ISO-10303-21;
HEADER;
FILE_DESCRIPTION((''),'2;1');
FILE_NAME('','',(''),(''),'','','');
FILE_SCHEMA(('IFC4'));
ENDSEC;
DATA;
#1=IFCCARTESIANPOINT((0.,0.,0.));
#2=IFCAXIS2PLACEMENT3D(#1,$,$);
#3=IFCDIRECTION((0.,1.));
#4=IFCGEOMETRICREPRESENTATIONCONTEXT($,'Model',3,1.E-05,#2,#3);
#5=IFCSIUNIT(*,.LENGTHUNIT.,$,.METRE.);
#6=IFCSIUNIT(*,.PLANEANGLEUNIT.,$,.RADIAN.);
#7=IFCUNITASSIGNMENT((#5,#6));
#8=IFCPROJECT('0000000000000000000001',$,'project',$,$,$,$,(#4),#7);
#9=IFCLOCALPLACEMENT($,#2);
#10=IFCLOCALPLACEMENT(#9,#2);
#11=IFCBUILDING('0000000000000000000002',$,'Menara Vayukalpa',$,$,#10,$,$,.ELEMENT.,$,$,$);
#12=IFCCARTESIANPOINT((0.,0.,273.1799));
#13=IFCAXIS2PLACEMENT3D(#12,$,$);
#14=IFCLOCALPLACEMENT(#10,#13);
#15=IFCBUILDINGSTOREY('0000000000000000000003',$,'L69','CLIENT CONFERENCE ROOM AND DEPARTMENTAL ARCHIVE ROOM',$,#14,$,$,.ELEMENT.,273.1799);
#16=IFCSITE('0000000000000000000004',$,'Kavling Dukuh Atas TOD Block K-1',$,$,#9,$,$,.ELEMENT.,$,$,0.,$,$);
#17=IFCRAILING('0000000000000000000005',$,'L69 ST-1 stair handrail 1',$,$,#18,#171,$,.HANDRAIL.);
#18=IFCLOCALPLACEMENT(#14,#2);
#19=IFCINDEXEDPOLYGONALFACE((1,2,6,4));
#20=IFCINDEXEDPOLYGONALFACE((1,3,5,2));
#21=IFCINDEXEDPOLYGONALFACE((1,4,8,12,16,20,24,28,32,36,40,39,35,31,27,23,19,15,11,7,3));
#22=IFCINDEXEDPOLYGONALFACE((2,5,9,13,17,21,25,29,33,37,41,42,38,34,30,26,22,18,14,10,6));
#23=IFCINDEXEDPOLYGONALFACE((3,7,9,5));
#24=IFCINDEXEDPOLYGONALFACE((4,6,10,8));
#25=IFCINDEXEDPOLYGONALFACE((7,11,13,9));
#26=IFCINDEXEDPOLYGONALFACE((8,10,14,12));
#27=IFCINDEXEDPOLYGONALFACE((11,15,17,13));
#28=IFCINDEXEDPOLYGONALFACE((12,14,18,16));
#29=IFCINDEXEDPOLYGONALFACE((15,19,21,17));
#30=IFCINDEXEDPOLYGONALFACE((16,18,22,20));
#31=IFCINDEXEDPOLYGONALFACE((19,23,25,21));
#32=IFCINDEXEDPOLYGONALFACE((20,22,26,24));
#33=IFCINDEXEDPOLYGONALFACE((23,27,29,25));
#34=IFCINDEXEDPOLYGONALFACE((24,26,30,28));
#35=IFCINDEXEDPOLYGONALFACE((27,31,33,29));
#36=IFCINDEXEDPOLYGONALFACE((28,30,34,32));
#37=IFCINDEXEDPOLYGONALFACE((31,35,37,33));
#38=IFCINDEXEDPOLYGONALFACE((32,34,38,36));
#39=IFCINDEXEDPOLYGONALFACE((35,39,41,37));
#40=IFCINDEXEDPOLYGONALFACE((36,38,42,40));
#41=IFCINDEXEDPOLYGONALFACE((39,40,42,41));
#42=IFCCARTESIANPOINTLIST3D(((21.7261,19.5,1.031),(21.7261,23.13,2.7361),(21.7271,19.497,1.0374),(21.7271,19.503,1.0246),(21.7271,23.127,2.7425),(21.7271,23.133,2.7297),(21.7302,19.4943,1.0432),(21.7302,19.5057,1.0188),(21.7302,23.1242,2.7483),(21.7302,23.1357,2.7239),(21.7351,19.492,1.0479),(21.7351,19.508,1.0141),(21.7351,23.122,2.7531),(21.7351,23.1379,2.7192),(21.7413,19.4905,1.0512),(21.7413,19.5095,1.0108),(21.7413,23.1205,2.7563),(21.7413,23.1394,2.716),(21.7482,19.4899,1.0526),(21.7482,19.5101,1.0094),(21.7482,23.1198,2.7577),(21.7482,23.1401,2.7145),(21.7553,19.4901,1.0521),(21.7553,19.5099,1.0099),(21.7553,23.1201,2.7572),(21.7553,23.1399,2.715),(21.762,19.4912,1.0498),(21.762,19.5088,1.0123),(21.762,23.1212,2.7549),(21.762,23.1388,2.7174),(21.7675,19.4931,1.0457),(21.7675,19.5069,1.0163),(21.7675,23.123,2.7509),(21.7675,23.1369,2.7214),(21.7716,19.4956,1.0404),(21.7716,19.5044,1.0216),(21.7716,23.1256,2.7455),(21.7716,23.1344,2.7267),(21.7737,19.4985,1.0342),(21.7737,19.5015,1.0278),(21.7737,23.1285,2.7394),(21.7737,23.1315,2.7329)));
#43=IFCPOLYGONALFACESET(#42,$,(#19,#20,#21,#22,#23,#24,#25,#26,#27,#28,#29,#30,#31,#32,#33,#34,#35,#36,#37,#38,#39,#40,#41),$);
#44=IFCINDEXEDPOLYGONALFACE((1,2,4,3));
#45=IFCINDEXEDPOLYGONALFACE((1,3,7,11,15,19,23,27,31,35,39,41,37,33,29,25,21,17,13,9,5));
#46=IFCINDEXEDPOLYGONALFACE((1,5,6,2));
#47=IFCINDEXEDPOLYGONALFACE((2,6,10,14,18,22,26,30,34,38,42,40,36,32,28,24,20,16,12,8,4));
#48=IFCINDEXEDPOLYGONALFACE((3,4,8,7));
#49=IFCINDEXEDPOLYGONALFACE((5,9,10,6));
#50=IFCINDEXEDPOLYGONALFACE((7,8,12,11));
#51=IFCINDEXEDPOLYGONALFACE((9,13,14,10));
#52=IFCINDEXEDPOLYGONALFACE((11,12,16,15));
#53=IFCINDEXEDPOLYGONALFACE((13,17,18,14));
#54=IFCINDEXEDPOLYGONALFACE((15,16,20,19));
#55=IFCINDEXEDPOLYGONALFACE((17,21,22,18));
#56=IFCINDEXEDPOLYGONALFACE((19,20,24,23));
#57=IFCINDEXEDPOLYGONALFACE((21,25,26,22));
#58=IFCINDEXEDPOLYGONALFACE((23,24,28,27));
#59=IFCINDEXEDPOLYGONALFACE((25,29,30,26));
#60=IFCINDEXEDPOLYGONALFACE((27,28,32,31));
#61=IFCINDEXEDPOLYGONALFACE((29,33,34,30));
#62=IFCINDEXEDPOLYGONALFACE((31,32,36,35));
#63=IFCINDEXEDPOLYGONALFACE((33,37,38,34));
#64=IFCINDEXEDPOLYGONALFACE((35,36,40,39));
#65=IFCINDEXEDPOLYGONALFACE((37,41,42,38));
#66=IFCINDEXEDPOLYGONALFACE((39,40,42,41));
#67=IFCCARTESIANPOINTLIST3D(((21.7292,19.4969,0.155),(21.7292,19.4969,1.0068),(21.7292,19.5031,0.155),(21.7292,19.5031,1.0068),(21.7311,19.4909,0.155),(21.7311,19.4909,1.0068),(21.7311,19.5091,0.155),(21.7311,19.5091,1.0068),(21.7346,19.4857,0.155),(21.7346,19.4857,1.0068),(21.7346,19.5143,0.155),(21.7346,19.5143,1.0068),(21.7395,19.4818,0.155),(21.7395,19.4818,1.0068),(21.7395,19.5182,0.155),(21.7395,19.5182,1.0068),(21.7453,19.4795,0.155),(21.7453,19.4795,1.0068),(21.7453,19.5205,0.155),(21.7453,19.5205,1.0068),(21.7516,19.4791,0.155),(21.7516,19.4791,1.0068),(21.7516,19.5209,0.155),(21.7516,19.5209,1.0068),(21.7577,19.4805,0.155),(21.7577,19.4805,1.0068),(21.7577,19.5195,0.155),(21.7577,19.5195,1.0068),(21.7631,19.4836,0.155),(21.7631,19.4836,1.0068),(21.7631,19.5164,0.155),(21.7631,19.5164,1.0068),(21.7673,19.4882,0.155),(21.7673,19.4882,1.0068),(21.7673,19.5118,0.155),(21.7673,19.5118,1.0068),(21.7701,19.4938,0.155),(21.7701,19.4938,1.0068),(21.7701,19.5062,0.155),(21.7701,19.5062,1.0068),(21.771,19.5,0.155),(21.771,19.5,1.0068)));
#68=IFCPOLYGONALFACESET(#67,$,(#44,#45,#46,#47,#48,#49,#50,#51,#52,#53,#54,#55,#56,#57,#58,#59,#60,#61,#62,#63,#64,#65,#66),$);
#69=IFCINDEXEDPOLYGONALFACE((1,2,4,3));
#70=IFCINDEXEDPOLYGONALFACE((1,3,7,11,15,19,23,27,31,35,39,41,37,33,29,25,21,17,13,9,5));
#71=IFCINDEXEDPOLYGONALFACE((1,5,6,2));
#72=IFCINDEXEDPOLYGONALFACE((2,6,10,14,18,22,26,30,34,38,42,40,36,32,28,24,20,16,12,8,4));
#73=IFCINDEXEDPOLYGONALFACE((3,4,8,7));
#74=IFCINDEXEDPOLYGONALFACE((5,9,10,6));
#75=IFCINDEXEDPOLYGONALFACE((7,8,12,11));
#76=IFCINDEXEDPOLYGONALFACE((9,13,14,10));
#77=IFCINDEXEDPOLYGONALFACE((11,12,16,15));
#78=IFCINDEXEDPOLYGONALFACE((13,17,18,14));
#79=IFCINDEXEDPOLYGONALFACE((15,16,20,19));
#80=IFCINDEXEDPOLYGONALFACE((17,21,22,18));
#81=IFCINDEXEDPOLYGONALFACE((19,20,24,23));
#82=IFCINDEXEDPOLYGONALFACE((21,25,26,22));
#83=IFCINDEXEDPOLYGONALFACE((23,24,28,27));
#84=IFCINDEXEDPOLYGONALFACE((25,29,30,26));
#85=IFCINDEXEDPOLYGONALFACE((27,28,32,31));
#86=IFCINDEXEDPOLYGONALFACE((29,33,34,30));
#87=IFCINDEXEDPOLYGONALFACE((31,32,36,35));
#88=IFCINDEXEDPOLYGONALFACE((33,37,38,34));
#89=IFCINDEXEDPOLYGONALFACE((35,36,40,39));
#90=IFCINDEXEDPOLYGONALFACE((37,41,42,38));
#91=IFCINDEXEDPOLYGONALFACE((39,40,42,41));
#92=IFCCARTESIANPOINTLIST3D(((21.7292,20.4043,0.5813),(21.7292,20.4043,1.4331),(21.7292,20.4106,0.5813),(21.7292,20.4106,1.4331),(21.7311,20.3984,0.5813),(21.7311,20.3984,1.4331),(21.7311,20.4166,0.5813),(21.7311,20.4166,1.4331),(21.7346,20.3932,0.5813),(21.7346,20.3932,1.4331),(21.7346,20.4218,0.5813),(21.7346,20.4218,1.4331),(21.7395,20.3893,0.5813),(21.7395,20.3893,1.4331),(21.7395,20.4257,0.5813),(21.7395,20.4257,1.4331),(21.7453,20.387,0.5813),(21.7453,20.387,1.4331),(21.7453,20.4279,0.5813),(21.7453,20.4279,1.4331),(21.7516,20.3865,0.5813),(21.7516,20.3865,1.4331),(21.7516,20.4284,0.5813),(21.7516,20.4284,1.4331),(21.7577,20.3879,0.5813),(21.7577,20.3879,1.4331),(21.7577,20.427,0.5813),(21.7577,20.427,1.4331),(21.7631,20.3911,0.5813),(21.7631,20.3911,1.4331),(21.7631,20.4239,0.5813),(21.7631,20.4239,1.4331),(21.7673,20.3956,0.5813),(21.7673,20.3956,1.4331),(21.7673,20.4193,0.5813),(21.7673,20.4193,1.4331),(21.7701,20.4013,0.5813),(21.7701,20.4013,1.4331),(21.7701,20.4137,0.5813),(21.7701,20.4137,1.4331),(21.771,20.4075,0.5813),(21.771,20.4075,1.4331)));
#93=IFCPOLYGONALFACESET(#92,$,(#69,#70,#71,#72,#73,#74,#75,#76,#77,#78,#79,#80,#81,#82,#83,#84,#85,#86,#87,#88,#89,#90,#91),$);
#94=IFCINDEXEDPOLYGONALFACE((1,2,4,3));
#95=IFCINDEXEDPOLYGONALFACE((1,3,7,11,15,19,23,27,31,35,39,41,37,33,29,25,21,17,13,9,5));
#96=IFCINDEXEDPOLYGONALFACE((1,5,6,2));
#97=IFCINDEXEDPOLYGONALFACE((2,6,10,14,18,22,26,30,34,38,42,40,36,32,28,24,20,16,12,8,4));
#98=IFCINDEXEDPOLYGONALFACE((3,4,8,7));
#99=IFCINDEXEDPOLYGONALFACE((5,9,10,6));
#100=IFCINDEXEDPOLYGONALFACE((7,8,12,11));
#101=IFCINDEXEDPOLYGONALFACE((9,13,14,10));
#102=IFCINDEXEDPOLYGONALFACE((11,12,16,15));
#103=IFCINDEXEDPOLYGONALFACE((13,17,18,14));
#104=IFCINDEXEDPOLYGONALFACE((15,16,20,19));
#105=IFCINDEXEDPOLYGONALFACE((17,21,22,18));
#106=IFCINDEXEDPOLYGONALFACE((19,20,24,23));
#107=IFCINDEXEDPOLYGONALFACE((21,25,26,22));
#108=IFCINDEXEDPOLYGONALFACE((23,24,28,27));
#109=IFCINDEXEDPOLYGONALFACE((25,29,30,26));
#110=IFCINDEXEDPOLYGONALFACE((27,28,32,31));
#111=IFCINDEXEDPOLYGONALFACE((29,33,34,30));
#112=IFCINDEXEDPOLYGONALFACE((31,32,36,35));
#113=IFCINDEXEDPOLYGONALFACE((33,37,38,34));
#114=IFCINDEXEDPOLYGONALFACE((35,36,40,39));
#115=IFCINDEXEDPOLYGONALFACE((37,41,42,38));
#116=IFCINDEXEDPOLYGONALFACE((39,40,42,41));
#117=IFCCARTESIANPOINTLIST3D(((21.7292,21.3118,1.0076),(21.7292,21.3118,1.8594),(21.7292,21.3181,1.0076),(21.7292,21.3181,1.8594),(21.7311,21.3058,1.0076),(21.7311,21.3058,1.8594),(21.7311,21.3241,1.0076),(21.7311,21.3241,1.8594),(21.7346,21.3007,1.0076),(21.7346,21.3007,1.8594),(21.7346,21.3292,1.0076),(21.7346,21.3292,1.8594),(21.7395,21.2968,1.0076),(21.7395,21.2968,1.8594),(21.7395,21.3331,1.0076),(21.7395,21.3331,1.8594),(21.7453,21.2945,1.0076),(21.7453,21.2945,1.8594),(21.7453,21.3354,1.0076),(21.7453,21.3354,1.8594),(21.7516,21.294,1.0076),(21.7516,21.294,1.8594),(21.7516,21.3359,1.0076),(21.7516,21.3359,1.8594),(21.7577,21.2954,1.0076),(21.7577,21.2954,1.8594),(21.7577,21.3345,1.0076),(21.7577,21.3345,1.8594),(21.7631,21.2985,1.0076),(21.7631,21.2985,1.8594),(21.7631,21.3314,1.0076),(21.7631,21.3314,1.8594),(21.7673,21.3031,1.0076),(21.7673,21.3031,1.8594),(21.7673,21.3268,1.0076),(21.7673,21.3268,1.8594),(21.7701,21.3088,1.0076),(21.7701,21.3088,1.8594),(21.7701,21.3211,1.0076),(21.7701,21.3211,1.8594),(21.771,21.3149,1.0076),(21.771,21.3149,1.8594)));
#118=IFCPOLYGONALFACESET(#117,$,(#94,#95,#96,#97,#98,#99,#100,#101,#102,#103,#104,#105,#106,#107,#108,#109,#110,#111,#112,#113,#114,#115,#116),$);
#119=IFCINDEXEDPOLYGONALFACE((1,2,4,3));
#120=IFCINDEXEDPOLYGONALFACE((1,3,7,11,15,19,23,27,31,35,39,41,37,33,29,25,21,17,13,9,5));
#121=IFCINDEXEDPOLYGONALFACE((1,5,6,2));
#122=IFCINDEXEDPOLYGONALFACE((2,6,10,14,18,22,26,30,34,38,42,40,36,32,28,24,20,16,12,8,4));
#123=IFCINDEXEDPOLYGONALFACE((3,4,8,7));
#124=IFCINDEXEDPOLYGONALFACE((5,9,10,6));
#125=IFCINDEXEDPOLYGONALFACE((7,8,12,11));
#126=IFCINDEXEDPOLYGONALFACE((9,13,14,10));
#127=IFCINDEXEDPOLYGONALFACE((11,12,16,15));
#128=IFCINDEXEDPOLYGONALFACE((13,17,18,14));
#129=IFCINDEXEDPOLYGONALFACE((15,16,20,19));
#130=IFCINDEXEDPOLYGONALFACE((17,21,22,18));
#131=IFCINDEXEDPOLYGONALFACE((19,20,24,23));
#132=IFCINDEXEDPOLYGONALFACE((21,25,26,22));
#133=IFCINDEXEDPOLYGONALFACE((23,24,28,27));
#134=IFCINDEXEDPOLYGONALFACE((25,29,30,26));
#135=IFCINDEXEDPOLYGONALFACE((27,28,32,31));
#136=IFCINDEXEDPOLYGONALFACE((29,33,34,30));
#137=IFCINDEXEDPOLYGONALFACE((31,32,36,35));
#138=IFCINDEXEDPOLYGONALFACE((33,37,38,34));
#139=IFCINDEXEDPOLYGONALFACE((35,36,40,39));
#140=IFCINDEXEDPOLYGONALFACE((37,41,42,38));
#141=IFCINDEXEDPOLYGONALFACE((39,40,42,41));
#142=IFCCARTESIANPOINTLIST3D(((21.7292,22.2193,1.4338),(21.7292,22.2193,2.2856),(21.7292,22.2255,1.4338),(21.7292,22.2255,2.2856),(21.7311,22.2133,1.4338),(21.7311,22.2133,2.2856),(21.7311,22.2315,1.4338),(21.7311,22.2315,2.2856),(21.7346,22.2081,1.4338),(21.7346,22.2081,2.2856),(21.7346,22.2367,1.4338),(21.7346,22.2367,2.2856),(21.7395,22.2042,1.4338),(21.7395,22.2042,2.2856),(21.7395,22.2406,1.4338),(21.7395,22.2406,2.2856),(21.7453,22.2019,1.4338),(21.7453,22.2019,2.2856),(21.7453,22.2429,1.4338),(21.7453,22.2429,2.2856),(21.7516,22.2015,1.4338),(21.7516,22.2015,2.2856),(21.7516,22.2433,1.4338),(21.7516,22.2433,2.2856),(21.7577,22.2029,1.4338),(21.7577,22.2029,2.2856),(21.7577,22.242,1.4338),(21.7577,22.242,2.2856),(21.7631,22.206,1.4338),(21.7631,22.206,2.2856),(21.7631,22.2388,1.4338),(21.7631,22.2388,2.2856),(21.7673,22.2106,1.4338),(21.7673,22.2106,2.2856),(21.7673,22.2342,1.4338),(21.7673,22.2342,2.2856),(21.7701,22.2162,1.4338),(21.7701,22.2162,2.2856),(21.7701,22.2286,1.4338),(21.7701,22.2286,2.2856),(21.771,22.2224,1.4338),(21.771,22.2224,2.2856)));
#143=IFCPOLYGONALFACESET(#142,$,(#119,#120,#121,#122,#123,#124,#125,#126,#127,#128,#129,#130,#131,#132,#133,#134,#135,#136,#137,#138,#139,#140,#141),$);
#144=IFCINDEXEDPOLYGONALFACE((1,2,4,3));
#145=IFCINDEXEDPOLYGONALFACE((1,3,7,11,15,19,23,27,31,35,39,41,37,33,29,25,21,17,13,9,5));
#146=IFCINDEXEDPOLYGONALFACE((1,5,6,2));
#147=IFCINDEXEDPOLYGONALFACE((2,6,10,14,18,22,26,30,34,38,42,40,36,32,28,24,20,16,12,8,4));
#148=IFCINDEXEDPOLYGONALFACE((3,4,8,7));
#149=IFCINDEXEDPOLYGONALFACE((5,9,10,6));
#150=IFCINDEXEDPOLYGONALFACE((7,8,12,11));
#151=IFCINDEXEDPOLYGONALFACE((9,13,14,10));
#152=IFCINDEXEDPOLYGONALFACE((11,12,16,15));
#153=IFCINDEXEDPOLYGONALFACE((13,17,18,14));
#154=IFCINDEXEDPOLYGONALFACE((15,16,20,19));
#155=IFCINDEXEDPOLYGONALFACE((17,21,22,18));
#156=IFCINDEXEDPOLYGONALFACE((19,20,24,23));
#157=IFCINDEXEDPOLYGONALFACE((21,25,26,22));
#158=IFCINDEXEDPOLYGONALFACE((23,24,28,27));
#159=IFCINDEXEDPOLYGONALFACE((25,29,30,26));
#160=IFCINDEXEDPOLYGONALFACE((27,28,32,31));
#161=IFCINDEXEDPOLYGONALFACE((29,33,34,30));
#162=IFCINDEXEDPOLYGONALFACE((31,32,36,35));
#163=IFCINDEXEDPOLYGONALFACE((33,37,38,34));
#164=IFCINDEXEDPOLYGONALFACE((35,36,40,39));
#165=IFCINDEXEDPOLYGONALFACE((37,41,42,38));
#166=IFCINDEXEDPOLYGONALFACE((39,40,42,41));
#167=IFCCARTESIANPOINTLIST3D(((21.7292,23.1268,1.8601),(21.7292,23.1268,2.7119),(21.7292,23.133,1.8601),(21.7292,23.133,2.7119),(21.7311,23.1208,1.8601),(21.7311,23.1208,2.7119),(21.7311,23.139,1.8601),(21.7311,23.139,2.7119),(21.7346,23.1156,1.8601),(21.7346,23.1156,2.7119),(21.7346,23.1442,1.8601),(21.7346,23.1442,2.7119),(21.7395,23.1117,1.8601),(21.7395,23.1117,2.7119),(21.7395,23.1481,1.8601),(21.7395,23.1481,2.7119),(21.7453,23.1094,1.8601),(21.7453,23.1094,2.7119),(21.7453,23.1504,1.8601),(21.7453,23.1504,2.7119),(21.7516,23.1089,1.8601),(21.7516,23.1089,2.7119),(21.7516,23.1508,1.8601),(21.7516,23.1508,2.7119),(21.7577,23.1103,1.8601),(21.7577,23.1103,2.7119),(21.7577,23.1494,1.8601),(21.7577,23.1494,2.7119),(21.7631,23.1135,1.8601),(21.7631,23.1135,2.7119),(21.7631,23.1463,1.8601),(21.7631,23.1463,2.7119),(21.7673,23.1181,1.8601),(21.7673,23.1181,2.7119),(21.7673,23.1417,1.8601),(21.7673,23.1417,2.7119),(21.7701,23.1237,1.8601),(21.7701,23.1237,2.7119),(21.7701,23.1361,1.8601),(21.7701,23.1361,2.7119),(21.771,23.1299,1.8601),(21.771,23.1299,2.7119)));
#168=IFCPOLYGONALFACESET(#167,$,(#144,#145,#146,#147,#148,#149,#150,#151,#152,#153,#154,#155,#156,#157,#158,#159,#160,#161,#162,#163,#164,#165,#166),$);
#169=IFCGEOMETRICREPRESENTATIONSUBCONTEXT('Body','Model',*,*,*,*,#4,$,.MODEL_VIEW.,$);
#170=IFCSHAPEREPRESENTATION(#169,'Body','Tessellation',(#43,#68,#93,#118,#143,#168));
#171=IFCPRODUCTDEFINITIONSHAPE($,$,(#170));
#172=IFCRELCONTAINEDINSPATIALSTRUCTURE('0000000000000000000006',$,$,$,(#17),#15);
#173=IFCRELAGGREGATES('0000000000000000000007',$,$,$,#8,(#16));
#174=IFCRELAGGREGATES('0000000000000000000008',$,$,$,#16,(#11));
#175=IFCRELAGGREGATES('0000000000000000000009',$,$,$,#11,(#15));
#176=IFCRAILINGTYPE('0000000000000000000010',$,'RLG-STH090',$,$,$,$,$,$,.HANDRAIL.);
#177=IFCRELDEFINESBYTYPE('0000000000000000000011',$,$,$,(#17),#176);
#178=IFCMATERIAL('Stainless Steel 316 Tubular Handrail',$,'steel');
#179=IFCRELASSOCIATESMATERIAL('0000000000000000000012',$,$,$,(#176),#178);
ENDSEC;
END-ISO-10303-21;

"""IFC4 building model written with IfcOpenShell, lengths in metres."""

from ifc_helpers import new_model, si_unit, direction, frame, origin, origin_2d, place, context, subcontext, project, spatial, circle, extrude, material, type_object, element, save


model = new_model("IFC4")

# Units and contexts
model_context = context("Model", 3, precision=1e-05, world=origin(), true_north=direction((0.0, 1.0)))
body_context = subcontext(model_context, "Body", "Model", "MODEL_VIEW")
ifc_project = project(units=[si_unit("LENGTHUNIT", "METRE"), si_unit("PLANEANGLEUNIT", "RADIAN")], contexts=[model_context])

# Site, building, storey
site_placement = place(None, origin())
site = spatial("IfcSite", under=ifc_project, at=site_placement, Name="Kavling Dukuh Atas TOD Block K-1", CompositionType="ELEMENT", RefElevation=0.0)
building_placement = place(site_placement, origin())
building = spatial("IfcBuilding", under=site, at=building_placement, Name="Menara Vayukalpa", CompositionType="ELEMENT")
storey_placement = place(building_placement, frame((0.0, 0.0, 273.1799)))
storey = spatial("IfcBuildingStorey", under=building, at=storey_placement, Name="L69", Description="CLIENT CONFERENCE ROOM AND DEPARTMENTAL ARCHIVE ROOM", CompositionType="ELEMENT", Elevation=273.1799)

# Railing
ifc_material_1 = material(Name="Stainless Steel 316 Tubular Handrail", Category="steel")
railing_type_1 = type_object("IfcRailingType", Name="RLG-STH090", PredefinedType="HANDRAIL", material=ifc_material_1)
railing_1_placement = place(storey_placement, frame((21.75, 19.5, 0.155)))
element("IfcRailing", 1, at=railing_1_placement, inside=storey, type_object=railing_type_1, Name="L69 ST-1 stair handrail 1", PredefinedType="HANDRAIL", context=body_context, shape_type="SweptSolid", body=[
    extrude(circle(Radius=0.0239, at=origin_2d()), frame((0.0, 0.0, 0.876), z_axis=(0.0, 0.905116, 0.425164), x_axis=(-1.0, 0.0, 0.0)), (0.0, 0.0, 1.0), 4.0105),
    extrude(circle(Radius=0.021, at=origin_2d()), origin(), (0.0, 0.0, 1.0), 0.8518),
    extrude(circle(Radius=0.021, at=origin_2d()), frame((0.0, 0.9075, 0.4263)), (0.0, 0.0, 1.0), 0.8518),
    extrude(circle(Radius=0.021, at=origin_2d()), frame((0.0, 1.8149, 0.8525)), (0.0, 0.0, 1.0), 0.8518),
    extrude(circle(Radius=0.021, at=origin_2d()), frame((0.0, 2.7224, 1.2788)), (0.0, 0.0, 1.0), 0.8518),
    extrude(circle(Radius=0.021, at=origin_2d()), frame((0.0, 3.6299, 1.7051)), (0.0, 0.0, 1.0), 0.8518),
])

save(model, "model.ifc")
